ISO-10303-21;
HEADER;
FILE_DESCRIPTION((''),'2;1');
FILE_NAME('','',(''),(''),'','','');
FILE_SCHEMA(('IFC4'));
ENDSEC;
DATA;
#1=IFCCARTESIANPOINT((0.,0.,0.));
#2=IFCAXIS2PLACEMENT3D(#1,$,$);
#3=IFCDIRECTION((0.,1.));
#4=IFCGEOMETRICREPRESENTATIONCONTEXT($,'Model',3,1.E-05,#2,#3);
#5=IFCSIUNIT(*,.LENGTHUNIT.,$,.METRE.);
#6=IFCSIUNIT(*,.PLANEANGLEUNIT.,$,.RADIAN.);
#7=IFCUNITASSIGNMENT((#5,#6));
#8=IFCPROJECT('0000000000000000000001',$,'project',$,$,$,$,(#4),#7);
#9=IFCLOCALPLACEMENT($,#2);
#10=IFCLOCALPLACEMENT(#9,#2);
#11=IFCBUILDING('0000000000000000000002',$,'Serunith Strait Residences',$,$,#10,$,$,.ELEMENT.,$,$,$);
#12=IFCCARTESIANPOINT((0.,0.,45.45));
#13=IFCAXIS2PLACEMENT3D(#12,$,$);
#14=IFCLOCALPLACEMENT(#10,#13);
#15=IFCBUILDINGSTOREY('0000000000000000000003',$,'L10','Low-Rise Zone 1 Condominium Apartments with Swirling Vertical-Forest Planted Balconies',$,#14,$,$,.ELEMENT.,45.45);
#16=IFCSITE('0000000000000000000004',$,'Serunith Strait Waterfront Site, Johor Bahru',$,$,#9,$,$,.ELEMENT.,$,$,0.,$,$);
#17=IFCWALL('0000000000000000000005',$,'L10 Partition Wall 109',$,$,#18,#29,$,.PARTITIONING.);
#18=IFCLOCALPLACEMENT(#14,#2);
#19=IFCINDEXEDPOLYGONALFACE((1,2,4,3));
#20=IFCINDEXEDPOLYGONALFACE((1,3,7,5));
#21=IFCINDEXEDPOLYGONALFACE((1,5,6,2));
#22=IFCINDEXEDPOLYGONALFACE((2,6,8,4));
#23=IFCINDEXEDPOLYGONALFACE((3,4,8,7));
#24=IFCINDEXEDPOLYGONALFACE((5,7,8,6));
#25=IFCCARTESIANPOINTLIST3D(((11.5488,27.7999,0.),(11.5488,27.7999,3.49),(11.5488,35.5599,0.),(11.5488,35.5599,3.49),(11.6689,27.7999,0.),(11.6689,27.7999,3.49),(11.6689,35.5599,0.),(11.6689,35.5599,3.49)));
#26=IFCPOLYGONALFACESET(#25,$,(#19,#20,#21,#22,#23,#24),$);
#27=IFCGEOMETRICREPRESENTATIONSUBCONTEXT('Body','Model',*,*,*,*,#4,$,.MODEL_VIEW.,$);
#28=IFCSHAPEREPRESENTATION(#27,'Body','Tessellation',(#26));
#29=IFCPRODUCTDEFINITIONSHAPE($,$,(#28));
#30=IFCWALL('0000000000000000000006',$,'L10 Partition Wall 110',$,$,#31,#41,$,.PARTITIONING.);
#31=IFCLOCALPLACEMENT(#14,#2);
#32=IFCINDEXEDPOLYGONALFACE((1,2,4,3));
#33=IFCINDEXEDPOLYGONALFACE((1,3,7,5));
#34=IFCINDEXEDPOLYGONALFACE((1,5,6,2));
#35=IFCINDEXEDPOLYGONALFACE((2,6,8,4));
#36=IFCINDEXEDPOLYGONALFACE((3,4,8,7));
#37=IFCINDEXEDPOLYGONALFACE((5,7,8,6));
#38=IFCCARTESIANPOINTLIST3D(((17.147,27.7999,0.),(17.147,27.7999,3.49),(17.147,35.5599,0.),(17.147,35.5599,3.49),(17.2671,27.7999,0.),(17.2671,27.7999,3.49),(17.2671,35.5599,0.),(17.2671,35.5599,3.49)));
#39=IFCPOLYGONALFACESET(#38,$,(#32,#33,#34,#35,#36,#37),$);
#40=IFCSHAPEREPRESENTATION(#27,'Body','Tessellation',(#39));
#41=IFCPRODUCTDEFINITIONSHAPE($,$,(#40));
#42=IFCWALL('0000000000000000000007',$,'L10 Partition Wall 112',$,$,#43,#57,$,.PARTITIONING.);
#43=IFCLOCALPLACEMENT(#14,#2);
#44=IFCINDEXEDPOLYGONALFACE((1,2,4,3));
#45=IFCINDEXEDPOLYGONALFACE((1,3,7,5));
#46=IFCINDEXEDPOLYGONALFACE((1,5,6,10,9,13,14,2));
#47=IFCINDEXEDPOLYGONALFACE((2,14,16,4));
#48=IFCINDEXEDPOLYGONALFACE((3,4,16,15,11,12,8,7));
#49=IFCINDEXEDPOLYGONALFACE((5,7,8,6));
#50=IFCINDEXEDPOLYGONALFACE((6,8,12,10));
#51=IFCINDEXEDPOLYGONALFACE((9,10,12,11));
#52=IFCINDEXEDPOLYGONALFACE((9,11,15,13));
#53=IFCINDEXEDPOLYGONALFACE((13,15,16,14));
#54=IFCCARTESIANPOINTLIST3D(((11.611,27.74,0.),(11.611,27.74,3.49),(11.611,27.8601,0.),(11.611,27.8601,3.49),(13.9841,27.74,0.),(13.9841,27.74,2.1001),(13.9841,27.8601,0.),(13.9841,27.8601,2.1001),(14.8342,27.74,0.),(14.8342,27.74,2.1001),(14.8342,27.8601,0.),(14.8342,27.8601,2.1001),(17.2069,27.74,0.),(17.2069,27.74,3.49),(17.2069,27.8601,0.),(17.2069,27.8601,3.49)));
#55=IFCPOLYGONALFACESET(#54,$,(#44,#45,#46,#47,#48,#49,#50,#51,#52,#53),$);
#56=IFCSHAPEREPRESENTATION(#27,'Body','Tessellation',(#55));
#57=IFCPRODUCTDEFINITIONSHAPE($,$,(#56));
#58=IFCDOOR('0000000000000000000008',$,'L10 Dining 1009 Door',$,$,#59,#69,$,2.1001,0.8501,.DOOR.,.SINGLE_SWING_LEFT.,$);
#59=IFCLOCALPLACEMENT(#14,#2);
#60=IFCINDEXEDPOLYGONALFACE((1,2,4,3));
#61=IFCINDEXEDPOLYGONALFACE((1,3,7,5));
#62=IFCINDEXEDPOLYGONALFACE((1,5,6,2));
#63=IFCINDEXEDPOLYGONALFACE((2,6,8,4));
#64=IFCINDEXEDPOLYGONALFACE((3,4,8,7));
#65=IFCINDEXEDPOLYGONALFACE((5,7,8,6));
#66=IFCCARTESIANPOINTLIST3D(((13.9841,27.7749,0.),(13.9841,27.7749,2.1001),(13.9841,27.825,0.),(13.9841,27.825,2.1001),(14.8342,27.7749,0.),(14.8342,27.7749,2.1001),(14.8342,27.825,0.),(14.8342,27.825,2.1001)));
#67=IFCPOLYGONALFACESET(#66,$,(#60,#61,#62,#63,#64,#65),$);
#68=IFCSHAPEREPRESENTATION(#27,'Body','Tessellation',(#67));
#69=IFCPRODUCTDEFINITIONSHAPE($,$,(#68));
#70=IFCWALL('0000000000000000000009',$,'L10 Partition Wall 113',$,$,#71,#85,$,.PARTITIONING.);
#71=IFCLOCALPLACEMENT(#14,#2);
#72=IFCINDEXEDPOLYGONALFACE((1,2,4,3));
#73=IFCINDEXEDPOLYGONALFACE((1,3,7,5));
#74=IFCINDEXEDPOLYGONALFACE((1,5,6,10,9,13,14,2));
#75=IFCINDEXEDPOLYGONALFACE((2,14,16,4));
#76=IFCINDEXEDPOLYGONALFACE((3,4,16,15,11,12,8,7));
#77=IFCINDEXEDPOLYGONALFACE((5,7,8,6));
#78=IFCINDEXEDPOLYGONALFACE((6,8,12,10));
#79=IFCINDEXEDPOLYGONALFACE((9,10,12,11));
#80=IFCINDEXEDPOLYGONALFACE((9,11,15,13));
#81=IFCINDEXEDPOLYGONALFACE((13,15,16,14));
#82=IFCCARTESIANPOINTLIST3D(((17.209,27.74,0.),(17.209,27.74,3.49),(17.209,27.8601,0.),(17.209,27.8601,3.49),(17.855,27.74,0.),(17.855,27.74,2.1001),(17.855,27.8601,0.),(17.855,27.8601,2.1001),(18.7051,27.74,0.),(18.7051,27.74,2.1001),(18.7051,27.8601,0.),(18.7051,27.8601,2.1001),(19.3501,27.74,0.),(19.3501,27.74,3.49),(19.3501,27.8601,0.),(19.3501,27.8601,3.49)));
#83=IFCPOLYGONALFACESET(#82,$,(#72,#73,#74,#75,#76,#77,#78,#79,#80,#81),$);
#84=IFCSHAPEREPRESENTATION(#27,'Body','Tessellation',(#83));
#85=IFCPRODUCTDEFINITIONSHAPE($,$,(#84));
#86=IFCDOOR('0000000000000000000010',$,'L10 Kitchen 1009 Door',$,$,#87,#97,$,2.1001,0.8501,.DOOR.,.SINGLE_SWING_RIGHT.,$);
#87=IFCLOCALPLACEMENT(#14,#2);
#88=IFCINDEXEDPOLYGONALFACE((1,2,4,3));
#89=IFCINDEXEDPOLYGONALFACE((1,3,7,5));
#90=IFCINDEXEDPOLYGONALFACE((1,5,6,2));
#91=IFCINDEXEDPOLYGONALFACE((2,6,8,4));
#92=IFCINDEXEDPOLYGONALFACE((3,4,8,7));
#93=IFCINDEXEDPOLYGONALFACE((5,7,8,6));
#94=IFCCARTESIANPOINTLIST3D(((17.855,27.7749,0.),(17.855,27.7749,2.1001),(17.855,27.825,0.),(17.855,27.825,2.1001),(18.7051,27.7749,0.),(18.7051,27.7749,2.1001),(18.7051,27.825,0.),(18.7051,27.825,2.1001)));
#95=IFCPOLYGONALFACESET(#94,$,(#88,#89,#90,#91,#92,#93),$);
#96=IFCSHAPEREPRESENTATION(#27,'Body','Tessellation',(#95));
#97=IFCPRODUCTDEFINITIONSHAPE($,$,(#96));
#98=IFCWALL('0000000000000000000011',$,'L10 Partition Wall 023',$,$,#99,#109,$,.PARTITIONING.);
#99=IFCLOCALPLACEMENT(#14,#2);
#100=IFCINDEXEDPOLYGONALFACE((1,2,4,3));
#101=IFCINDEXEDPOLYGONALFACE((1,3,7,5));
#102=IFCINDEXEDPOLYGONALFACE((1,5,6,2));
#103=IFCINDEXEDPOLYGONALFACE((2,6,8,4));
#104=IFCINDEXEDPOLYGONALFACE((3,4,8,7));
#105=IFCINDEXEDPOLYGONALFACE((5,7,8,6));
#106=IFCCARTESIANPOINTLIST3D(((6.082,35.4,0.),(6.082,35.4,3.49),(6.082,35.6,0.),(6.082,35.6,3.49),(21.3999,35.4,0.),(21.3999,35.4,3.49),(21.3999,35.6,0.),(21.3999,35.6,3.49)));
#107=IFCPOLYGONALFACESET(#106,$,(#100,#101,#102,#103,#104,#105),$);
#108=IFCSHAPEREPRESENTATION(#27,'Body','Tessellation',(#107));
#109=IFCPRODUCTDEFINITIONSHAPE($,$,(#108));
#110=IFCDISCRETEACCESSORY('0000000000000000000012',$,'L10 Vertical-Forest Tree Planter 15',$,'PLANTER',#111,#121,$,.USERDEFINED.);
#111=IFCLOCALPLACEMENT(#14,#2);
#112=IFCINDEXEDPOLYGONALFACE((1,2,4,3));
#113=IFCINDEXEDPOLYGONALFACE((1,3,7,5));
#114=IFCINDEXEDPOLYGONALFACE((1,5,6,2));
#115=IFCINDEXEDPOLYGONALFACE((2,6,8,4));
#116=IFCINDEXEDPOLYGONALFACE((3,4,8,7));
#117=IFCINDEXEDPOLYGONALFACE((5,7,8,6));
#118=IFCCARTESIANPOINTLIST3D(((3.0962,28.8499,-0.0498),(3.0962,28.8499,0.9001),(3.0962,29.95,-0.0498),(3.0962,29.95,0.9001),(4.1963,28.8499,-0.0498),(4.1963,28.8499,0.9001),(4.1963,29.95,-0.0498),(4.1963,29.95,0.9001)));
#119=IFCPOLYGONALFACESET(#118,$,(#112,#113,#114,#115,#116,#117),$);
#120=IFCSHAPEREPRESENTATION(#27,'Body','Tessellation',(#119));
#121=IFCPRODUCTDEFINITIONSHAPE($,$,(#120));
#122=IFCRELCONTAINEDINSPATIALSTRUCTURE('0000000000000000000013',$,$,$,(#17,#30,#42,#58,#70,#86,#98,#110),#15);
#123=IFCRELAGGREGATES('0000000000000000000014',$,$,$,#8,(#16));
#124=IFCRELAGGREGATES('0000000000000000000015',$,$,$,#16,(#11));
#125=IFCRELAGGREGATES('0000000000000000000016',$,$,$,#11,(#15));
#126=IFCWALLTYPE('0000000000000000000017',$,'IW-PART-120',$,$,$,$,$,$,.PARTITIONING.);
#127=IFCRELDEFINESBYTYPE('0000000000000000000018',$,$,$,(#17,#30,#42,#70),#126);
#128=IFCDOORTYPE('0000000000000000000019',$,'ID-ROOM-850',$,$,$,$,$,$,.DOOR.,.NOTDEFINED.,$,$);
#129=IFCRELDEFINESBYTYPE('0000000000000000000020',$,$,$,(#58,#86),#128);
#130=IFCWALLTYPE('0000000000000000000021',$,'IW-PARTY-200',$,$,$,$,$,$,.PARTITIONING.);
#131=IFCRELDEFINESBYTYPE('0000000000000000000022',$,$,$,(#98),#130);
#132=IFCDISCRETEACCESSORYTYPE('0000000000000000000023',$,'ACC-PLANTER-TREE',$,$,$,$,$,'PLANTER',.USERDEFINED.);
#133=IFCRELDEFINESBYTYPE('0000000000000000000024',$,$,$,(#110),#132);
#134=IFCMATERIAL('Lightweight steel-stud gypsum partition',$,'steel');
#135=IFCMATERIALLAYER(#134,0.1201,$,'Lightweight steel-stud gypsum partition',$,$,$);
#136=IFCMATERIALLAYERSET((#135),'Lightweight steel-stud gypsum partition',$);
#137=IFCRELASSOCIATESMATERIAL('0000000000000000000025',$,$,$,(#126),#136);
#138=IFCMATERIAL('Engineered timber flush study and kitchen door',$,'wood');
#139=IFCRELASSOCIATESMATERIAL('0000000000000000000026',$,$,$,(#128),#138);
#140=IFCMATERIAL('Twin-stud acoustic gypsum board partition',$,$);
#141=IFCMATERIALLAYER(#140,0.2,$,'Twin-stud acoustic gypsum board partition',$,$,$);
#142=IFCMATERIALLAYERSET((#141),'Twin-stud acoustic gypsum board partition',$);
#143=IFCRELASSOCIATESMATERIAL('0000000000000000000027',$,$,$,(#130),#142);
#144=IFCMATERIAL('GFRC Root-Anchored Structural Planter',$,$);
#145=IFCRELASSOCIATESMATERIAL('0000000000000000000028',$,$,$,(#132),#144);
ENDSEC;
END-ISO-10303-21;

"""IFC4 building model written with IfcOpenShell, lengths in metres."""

from ifc_helpers import new_model, si_unit, direction, frame, frame_2d, origin, origin_2d, place, context, subcontext, project, spatial, rectangle, extrude, source, transform, mapped, material, layer, layer_set, type_object, element, fill, save


model = new_model("IFC4")

# Units and contexts
model_context = context("Model", 3, precision=1e-05, world=origin(), true_north=direction((0.0, 1.0)))
body_context = subcontext(model_context, "Body", "Model", "MODEL_VIEW")
ifc_project = project(units=[si_unit("LENGTHUNIT", "METRE"), si_unit("PLANEANGLEUNIT", "RADIAN")], contexts=[model_context])

# Site, building, storey
site_placement = place(None, origin())
site = spatial("IfcSite", under=ifc_project, at=site_placement, Name="Serunith Strait Waterfront Site, Johor Bahru", CompositionType="ELEMENT", RefElevation=0.0)
building_placement = place(site_placement, origin())
building = spatial("IfcBuilding", under=site, at=building_placement, Name="Serunith Strait Residences", CompositionType="ELEMENT")
storey_placement = place(building_placement, frame((0.0, 0.0, 45.45)))
storey = spatial("IfcBuildingStorey", under=building, at=storey_placement, Name="L10", Description="Low-Rise Zone 1 Condominium Apartments with Swirling Vertical-Forest Planted Balconies", CompositionType="ELEMENT", Elevation=45.45)

# Shared definitions
ifc_material_1 = material(Name="Lightweight steel-stud gypsum partition", Category="steel")
ifc_layer_1 = layer(ifc_material_1, 0.1201, Name="Lightweight steel-stud gypsum partition")
ifc_layer_set_1 = layer_set([ifc_layer_1], Name="Lightweight steel-stud gypsum partition")
wall_type_1 = type_object("IfcWallType", Name="IW-PART-120", PredefinedType="PARTITIONING", material=ifc_layer_set_1)
shared_shape_1 = source(origin(), body_context, "Body", "SweptSolid", [
    extrude(rectangle(XDim=0.8501, YDim=2.1001, at=frame_2d((0.425, 1.05))), frame((0.0, 0.0249, 0.0), z_axis=(0.0, -1.0, 0.0), x_axis=(1.0, 0.0, 0.0)), (0.0, 0.0, 1.0), 0.05),
])
ifc_material_2 = material(Name="Engineered timber flush study and kitchen door", Category="wood")
door_type_1 = type_object("IfcDoorType", Name="ID-ROOM-850", OperationType="NOTDEFINED", PredefinedType="DOOR", material=ifc_material_2)

# Walls
for number, where, z_axis, x_axis, name in (
    (1, (11.6089, 27.8, 0.0), (0.0, 0.0, 1.0), (0.0, 1.0, 0.0), "L10 Partition Wall 109"),
    (2, (17.207, 27.8, 0.0), (0.0, 0.0, 1.0), (0.0, 1.0, 0.0), "L10 Partition Wall 110"),
):
    element("IfcWall", number, at=place(storey_placement, frame(where, z_axis=z_axis, x_axis=x_axis)), inside=storey, type_object=wall_type_1, Name=name, PredefinedType="PARTITIONING", context=body_context, shape_type="SweptSolid", body=[
        extrude(rectangle(XDim=7.76, YDim=0.1201, at=frame_2d((3.8799, 0.0))), origin(), (0.0, 0.0, 1.0), 3.49),
    ])

# Walls, openings, doors
wall_1_placement = place(storey_placement, frame((11.6111, 27.8, 0.0), z_axis=(0.0, 0.0, 1.0), x_axis=(1.0, 0.0, 0.0)))
wall_1 = element("IfcWall", 3, at=wall_1_placement, inside=storey, type_object=wall_type_1, Name="L10 Partition Wall 112", PredefinedType="PARTITIONING", context=body_context, shape_type="SweptSolid", body=[
    extrude(rectangle(XDim=5.5959, YDim=0.1201, at=frame_2d((2.7979, 0.0))), origin(), (0.0, 0.0, 1.0), 3.49),
])
opening_1_placement = place(wall_1_placement, frame((2.373, 0.0, 0.0)))
opening_1 = element("IfcOpeningElement", 4, at=opening_1_placement, cuts=wall_1, PredefinedType="OPENING", context=body_context, shape_type="SweptSolid", body=[
    extrude(rectangle(XDim=0.8501, YDim=2.1001, at=frame_2d((0.425, 1.05))), frame((0.0, 0.0701, 0.0), z_axis=(0.0, -1.0, 0.0), x_axis=(1.0, 0.0, 0.0)), (0.0, 0.0, 1.0), 0.1401),
])
door_1_placement = place(opening_1_placement, origin())
door_1 = element("IfcDoor", 5, at=door_1_placement, inside=storey, type_object=door_type_1, Name="L10 Dining 1009 Door", OperationType="SINGLE_SWING_LEFT", OverallHeight=2.1001, OverallWidth=0.8501, PredefinedType="DOOR", context=body_context, shape_type="MappedRepresentation", body=[
    mapped(shared_shape_1, transform((0.0, 0.0, 0.0), scale=1.0)),
])
fill(opening_1, door_1)
wall_2_placement = place(storey_placement, frame((17.209, 27.8, 0.0), z_axis=(0.0, 0.0, 1.0), x_axis=(1.0, 0.0, 0.0)))
wall_2 = element("IfcWall", 6, at=wall_2_placement, inside=storey, type_object=wall_type_1, Name="L10 Partition Wall 113", PredefinedType="PARTITIONING", context=body_context, shape_type="SweptSolid", body=[
    extrude(rectangle(XDim=2.1411, YDim=0.1201, at=frame_2d((1.0706, 0.0))), origin(), (0.0, 0.0, 1.0), 3.49),
])
opening_2_placement = place(wall_2_placement, frame((0.646, 0.0, 0.0)))
opening_2 = element("IfcOpeningElement", 7, at=opening_2_placement, cuts=wall_2, PredefinedType="OPENING", context=body_context, shape_type="SweptSolid", body=[
    extrude(rectangle(XDim=0.8501, YDim=2.1001, at=frame_2d((0.425, 1.05))), frame((0.0, 0.0701, 0.0), z_axis=(0.0, -1.0, 0.0), x_axis=(1.0, 0.0, 0.0)), (0.0, 0.0, 1.0), 0.1401),
])
door_2_placement = place(opening_2_placement, origin())
door_2 = element("IfcDoor", 8, at=door_2_placement, inside=storey, type_object=door_type_1, Name="L10 Kitchen 1009 Door", OperationType="SINGLE_SWING_RIGHT", OverallHeight=2.1001, OverallWidth=0.8501, PredefinedType="DOOR", context=body_context, shape_type="MappedRepresentation", body=[
    mapped(shared_shape_1, transform((0.0, 0.0, 0.0), scale=1.0)),
])
fill(opening_2, door_2)

# Wall
ifc_material_3 = material(Name="Twin-stud acoustic gypsum board partition")
ifc_layer_2 = layer(ifc_material_3, 0.2, Name="Twin-stud acoustic gypsum board partition")
ifc_layer_set_2 = layer_set([ifc_layer_2], Name="Twin-stud acoustic gypsum board partition")
wall_type_2 = type_object("IfcWallType", Name="IW-PARTY-200", PredefinedType="PARTITIONING", material=ifc_layer_set_2)
wall_3_placement = place(storey_placement, frame((6.082, 35.5, 0.0), z_axis=(0.0, 0.0, 1.0), x_axis=(1.0, 0.0, 0.0)))
element("IfcWall", 9, at=wall_3_placement, inside=storey, type_object=wall_type_2, Name="L10 Partition Wall 023", PredefinedType="PARTITIONING", context=body_context, shape_type="SweptSolid", body=[
    extrude(rectangle(XDim=15.3179, YDim=0.2, at=frame_2d((7.6589, 0.0))), origin(), (0.0, 0.0, 1.0), 3.49),
])

# Discrete accessory
ifc_material_4 = material(Name="GFRC Root-Anchored Structural Planter")
discrete_accessory_type = type_object("IfcDiscreteAccessoryType", Name="ACC-PLANTER-TREE", ElementType="PLANTER", PredefinedType="USERDEFINED", material=ifc_material_4)
shared_shape_2 = source(origin(), body_context, "Body", "SweptSolid", [
    extrude(rectangle(XDim=1.1001, YDim=1.1001, at=origin_2d()), origin(), (0.0, 0.0, 1.0), 0.95),
])
discrete_accessory_placement = place(storey_placement, frame((3.6462, 29.3999, -0.0498), z_axis=(0.0, 0.0, 1.0), x_axis=(0.0, -1.0, 0.0)))
element("IfcDiscreteAccessory", 10, at=discrete_accessory_placement, inside=storey, type_object=discrete_accessory_type, Name="L10 Vertical-Forest Tree Planter 15", ObjectType="PLANTER", PredefinedType="USERDEFINED", context=body_context, shape_type="MappedRepresentation", body=[
    mapped(shared_shape_2, transform((0.0, 0.0, 0.0), scale=1.0)),
])

save(model, "model.ifc")
